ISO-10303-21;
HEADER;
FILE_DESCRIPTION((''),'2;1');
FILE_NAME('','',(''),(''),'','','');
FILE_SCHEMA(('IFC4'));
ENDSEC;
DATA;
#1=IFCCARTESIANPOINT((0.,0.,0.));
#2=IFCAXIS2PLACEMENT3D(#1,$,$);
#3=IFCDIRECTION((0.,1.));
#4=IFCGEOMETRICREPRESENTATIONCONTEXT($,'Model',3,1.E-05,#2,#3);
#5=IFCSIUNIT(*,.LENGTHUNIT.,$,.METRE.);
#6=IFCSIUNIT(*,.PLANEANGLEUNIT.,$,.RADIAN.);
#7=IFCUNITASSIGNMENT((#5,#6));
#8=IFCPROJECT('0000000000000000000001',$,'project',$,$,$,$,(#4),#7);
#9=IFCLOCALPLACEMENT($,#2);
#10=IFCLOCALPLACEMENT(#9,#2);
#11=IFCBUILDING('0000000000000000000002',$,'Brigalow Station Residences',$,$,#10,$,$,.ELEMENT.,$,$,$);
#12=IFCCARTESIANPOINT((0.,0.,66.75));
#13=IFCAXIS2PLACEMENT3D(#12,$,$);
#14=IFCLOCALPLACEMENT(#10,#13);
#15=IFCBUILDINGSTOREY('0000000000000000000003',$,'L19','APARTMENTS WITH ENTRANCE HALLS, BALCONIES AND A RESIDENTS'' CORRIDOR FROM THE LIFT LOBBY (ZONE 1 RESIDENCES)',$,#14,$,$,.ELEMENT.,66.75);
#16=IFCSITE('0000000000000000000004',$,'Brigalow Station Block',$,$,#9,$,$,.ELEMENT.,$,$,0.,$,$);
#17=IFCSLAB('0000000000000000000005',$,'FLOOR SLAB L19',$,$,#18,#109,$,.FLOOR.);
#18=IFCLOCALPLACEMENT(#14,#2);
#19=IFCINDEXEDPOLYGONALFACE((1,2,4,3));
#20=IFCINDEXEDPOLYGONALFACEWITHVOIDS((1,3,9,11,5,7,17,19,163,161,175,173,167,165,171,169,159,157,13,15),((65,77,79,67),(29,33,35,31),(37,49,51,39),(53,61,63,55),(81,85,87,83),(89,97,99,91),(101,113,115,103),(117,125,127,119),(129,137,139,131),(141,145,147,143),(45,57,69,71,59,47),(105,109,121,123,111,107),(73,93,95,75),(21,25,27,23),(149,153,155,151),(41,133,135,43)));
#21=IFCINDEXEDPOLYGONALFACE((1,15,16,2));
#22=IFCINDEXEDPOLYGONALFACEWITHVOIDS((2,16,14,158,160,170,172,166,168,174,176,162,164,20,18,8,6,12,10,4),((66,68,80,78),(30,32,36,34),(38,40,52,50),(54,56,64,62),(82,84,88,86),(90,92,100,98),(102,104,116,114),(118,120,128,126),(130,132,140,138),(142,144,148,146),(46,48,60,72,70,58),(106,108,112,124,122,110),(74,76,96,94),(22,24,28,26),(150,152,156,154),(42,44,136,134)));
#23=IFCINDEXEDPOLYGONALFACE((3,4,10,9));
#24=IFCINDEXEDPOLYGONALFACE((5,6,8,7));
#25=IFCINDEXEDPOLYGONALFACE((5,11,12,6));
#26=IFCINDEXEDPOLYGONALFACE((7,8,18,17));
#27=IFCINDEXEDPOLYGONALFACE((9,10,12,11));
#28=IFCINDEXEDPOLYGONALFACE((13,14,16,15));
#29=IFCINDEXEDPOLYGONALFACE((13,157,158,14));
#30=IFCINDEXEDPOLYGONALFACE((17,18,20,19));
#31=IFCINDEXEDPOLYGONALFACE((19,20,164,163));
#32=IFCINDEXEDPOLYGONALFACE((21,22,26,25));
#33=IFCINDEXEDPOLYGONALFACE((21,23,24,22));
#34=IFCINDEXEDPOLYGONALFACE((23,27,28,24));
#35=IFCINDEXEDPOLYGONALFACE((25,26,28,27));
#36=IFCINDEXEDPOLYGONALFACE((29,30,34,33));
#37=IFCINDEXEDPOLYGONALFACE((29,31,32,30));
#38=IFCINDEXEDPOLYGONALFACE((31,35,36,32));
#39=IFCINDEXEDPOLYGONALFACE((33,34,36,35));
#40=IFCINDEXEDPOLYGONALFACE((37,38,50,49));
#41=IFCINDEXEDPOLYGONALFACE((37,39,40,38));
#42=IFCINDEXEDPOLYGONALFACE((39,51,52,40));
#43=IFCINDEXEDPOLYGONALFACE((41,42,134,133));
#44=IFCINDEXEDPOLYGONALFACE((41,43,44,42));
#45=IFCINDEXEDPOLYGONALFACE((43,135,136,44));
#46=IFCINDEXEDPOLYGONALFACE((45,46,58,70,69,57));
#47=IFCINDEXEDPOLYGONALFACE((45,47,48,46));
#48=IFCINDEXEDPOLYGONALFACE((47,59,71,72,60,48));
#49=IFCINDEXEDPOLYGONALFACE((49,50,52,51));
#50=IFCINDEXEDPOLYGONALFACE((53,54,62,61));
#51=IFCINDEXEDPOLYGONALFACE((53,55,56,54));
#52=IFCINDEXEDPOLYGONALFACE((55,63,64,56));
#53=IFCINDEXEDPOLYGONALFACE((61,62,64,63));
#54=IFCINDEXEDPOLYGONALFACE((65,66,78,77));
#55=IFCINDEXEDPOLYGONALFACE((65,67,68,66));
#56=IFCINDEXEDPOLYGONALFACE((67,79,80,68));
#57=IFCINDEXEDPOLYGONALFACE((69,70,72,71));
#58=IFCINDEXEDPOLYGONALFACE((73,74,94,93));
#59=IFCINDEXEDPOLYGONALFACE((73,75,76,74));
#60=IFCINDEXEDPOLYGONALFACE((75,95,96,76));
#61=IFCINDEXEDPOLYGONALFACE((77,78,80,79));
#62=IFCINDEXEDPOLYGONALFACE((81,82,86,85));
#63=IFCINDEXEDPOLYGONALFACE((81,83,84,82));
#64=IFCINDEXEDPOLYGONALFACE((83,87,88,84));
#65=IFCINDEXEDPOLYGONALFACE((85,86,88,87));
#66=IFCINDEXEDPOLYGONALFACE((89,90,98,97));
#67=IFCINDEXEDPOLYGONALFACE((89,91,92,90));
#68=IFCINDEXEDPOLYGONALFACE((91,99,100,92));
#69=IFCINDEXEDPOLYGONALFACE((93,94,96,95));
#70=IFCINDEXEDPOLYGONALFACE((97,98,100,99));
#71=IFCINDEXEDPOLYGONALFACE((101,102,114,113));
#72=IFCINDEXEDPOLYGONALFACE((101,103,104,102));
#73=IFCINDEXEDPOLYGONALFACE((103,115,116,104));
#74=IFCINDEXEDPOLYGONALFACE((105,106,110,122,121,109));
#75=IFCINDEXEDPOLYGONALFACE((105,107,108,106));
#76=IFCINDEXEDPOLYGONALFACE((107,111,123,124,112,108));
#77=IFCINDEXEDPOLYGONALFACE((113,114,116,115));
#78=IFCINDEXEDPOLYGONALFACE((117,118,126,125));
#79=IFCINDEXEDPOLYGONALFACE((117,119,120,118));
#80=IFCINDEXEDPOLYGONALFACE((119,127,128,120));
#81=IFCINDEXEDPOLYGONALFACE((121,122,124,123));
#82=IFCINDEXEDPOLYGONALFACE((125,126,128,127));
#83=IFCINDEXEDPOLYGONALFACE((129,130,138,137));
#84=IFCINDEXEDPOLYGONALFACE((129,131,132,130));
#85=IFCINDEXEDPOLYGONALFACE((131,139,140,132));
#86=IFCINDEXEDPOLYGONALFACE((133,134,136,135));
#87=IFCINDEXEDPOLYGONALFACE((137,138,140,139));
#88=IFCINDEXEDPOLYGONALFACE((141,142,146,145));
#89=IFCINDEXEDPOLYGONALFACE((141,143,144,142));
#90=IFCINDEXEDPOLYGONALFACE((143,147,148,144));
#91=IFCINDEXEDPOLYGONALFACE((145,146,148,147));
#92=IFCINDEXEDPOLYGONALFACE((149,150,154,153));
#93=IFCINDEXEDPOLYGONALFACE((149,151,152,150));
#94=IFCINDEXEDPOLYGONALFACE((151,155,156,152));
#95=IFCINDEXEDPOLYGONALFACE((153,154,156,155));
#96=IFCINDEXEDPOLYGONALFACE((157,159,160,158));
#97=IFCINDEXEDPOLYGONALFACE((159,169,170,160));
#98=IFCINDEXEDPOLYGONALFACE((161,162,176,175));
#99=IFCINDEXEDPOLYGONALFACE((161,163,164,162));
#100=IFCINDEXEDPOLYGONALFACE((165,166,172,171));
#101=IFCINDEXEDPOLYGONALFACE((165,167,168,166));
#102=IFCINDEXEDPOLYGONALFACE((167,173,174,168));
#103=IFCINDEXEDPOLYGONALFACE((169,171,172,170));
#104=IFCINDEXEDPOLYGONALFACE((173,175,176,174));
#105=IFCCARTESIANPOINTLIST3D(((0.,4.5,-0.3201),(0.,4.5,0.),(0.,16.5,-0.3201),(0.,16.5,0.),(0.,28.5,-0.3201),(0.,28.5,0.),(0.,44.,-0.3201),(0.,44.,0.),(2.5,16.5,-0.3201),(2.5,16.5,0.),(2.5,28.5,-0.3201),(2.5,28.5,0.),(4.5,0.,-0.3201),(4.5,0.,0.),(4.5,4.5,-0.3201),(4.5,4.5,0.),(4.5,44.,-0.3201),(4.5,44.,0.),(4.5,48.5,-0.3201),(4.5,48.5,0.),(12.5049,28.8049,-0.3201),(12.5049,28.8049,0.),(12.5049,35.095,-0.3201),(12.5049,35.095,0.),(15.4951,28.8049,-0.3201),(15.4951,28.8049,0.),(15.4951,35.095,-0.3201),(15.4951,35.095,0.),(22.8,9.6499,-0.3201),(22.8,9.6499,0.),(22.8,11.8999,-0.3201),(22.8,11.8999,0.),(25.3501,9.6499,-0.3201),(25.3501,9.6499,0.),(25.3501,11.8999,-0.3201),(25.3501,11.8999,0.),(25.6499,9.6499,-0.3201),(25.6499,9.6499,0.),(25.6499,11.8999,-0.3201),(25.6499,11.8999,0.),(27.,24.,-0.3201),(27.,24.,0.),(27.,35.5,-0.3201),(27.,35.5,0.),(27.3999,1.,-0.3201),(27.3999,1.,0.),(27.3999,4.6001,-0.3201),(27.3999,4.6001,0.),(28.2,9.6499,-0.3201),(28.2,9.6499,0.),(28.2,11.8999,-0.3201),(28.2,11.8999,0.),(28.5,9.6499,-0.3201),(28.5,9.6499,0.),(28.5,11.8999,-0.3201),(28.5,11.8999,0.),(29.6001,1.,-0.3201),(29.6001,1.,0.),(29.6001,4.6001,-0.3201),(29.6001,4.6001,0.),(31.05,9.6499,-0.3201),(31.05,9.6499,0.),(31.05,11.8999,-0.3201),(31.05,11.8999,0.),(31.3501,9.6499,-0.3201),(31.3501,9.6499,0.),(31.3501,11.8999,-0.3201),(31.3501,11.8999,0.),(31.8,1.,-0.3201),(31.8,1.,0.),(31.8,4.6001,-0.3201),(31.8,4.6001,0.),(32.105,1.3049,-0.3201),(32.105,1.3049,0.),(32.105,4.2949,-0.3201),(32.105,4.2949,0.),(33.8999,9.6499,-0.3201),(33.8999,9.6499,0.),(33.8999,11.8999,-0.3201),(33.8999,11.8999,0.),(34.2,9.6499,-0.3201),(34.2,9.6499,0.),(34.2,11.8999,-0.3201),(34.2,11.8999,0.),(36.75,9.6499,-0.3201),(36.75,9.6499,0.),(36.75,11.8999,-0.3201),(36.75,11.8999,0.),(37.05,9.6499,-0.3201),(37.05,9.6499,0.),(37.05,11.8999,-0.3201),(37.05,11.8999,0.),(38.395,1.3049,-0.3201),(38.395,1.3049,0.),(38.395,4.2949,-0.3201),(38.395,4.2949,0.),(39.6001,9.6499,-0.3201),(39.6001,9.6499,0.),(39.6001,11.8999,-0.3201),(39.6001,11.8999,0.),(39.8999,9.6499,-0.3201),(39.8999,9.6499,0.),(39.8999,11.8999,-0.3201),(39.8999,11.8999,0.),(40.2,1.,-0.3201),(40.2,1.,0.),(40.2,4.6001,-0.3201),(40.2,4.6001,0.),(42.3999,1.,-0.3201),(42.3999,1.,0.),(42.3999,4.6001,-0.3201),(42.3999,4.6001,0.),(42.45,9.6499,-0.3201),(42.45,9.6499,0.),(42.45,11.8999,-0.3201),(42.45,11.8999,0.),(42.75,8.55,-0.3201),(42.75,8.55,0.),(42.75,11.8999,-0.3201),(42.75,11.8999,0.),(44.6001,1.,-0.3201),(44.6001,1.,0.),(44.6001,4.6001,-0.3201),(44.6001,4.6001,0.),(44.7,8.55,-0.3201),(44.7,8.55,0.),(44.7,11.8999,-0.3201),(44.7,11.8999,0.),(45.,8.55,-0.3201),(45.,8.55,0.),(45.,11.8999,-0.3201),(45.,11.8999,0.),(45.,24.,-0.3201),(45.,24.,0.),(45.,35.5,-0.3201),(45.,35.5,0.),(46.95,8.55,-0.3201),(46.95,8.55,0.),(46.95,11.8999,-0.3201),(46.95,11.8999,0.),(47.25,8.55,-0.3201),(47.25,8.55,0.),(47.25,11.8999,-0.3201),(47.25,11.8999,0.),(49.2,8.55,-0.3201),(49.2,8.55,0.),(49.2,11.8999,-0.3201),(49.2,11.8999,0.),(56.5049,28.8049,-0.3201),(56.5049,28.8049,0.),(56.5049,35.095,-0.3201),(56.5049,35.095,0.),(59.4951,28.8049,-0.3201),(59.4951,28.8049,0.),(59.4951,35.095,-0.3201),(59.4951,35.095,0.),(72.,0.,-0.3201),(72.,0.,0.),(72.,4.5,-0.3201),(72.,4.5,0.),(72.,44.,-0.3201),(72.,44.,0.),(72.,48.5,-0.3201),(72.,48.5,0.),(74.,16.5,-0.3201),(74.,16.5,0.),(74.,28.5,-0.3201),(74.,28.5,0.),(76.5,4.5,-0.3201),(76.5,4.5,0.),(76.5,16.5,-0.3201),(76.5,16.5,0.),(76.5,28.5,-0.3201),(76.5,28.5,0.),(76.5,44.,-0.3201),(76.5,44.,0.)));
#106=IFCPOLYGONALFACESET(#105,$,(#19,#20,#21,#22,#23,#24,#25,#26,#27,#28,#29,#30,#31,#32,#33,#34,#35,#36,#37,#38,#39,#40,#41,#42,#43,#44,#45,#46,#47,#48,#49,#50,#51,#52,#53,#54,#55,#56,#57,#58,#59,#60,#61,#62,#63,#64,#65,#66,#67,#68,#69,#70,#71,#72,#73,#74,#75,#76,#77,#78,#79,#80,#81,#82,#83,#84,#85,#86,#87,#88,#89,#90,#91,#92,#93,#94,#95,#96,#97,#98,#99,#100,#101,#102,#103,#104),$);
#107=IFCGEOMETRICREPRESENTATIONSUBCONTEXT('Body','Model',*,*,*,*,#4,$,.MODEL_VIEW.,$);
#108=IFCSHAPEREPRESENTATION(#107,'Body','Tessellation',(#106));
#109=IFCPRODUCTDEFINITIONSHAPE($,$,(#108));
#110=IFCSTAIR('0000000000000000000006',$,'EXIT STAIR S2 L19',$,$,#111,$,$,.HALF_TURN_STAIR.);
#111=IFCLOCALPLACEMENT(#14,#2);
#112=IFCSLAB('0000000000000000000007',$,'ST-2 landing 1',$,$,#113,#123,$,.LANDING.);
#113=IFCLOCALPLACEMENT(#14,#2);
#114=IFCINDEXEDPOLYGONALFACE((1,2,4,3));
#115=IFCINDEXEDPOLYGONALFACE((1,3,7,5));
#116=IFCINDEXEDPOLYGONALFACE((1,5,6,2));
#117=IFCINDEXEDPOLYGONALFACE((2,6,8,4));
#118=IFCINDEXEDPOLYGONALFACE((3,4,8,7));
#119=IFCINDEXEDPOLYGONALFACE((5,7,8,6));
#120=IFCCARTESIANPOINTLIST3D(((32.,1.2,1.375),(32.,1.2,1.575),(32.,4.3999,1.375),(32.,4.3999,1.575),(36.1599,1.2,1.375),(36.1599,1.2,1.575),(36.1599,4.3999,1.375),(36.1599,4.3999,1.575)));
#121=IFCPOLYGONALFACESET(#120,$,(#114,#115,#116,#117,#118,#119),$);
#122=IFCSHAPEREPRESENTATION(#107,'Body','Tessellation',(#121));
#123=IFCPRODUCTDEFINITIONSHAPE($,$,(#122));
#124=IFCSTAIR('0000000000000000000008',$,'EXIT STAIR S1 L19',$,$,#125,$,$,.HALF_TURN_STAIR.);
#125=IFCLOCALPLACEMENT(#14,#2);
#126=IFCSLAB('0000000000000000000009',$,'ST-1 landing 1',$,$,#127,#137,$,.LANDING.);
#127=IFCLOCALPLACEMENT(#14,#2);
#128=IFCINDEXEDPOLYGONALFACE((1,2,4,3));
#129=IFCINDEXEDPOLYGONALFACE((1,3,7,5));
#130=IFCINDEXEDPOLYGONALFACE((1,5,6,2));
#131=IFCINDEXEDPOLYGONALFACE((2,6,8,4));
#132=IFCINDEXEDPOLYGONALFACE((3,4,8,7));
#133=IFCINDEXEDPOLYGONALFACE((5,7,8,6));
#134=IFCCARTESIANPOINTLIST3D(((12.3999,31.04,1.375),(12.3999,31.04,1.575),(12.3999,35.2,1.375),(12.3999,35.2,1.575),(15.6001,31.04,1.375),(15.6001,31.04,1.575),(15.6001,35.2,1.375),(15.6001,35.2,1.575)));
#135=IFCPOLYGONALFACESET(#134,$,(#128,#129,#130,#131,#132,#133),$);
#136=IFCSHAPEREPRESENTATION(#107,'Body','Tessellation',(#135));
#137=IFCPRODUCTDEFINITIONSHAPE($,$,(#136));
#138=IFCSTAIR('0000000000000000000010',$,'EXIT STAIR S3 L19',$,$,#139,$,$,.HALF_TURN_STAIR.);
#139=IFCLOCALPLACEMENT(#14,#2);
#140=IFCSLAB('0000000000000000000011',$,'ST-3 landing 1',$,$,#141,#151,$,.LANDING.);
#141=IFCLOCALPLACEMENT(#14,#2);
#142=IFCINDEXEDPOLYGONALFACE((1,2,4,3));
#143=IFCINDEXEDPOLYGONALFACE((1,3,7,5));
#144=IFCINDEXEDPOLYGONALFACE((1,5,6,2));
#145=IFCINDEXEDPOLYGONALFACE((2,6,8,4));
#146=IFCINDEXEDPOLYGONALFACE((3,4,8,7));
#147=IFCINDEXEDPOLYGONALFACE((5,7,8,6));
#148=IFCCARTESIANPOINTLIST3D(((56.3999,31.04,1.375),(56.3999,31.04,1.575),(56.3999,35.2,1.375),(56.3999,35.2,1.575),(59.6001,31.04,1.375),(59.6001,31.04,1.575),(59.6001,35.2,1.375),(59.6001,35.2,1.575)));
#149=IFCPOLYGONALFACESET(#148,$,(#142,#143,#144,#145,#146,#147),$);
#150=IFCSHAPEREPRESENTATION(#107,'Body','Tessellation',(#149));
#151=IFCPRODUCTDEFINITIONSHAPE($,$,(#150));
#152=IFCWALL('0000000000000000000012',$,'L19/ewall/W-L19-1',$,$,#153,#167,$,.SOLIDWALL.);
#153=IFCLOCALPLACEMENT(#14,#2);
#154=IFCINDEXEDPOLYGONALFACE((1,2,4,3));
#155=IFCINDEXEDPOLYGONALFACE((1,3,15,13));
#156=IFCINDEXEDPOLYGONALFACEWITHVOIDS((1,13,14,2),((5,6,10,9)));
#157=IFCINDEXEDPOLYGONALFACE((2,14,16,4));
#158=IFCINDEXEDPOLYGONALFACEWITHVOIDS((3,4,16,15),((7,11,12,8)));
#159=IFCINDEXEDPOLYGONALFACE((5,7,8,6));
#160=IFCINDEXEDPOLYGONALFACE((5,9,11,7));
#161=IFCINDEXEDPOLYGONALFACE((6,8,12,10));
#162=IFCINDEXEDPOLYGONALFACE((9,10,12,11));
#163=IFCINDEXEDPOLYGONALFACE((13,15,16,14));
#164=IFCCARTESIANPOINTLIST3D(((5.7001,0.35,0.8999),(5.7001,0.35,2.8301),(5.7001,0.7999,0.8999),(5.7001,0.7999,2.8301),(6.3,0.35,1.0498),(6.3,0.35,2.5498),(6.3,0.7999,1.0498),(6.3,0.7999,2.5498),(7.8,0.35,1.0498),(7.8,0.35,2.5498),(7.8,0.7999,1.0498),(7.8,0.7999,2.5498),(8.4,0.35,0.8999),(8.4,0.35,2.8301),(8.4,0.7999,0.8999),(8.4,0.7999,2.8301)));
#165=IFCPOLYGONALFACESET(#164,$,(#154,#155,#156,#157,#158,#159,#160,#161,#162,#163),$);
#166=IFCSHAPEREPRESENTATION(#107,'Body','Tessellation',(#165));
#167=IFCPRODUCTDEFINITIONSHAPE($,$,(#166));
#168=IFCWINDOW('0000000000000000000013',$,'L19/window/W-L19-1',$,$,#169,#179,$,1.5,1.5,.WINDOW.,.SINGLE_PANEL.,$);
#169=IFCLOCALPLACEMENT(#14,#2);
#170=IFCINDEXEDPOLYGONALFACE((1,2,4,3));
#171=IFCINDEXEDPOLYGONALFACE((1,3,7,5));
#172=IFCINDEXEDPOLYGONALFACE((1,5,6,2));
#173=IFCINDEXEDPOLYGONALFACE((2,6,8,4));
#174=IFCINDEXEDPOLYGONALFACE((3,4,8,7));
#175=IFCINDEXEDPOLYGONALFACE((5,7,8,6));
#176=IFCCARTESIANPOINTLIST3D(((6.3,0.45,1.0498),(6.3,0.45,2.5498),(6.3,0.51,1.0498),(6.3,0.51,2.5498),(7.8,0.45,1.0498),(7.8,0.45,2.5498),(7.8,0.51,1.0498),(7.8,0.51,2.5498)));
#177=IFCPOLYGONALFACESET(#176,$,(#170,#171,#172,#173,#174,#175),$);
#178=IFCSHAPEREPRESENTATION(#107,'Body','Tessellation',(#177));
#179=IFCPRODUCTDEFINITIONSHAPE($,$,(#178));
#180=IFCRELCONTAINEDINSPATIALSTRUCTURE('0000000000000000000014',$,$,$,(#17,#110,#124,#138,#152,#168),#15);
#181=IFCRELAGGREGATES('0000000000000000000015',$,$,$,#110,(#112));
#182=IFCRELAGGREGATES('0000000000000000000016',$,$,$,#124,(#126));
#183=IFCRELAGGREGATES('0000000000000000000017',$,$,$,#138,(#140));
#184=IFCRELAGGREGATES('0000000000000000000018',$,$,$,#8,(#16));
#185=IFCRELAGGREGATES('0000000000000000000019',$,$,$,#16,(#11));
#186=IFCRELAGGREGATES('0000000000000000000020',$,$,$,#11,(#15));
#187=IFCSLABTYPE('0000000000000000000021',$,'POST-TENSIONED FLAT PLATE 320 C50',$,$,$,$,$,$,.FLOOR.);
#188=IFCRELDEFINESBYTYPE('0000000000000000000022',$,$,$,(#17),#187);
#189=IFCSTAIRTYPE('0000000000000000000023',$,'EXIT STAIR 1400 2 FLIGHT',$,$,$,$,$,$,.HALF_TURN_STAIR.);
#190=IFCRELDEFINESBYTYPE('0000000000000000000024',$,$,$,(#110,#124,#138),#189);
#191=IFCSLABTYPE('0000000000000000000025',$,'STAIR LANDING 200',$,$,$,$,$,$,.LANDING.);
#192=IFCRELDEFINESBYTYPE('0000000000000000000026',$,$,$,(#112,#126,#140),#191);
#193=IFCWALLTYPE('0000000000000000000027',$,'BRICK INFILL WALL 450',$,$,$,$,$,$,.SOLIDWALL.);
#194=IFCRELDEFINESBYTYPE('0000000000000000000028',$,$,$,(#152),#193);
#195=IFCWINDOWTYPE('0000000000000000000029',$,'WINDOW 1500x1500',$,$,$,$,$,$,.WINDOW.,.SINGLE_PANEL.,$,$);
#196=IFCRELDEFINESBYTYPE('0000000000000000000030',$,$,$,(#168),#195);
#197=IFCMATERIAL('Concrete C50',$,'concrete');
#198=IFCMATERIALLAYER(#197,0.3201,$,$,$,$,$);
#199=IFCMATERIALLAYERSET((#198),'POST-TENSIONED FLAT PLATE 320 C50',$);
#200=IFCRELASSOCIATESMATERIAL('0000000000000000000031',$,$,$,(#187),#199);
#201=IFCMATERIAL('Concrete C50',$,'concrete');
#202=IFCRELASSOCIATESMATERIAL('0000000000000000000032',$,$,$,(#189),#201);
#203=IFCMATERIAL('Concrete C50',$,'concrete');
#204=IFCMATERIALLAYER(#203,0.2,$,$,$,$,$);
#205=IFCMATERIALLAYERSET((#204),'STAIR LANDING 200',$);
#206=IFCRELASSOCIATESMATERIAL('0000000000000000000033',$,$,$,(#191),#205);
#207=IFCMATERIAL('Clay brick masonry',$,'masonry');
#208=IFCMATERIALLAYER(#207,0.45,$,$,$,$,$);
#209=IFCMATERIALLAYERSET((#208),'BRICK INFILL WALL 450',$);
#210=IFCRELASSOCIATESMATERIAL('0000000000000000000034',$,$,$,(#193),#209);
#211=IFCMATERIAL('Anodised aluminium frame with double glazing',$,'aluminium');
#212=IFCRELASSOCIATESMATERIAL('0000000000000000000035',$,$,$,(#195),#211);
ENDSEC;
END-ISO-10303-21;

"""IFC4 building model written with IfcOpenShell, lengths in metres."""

from ifc_helpers import new_model, si_unit, direction, frame, frame_2d, origin, place, context, subcontext, project, spatial, polyline, rectangle, outline, extrude, material, layer, layer_set, type_object, element, fill, aggregate, save


model = new_model("IFC4")

# Units and contexts
model_context = context("Model", 3, precision=1e-05, world=origin(), true_north=direction((0.0, 1.0)))
body_context = subcontext(model_context, "Body", "Model", "MODEL_VIEW")
ifc_project = project(units=[si_unit("LENGTHUNIT", "METRE"), si_unit("PLANEANGLEUNIT", "RADIAN")], contexts=[model_context])

# Site, building, storey
site_placement = place(None, origin())
site = spatial("IfcSite", under=ifc_project, at=site_placement, Name="Brigalow Station Block", CompositionType="ELEMENT", RefElevation=0.0)
building_placement = place(site_placement, origin())
building = spatial("IfcBuilding", under=site, at=building_placement, Name="Brigalow Station Residences", CompositionType="ELEMENT")
storey_placement = place(building_placement, frame((0.0, 0.0, 66.75)))
storey = spatial("IfcBuildingStorey", under=building, at=storey_placement, Name="L19", Description="APARTMENTS WITH ENTRANCE HALLS, BALCONIES AND A RESIDENTS' CORRIDOR FROM THE LIFT LOBBY (ZONE 1 RESIDENCES)", CompositionType="ELEMENT", Elevation=66.75)

# Slab
ifc_material_1 = material(Name="Concrete C50", Category="concrete")
ifc_layer_1 = layer(ifc_material_1, 0.3201)
ifc_layer_set_1 = layer_set([ifc_layer_1], Name="POST-TENSIONED FLAT PLATE 320 C50")
slab_type_1 = type_object("IfcSlabType", Name="POST-TENSIONED FLAT PLATE 320 C50", PredefinedType="FLOOR", material=ifc_layer_set_1)
slab_1_placement = place(storey_placement, frame((0.0, 0.0, -0.3201)))
element("IfcSlab", 1, at=slab_1_placement, inside=storey, type_object=slab_type_1, Name="FLOOR SLAB L19", PredefinedType="FLOOR", context=body_context, shape_type="SweptSolid", body=[
    extrude(outline(polyline([(4.5, 0.0), (72.0, 0.0), (72.0, 4.5), (76.5, 4.5), (76.5, 16.5), (74.0, 16.5), (74.0, 28.5), (76.5, 28.5), (76.5, 44.0), (72.0, 44.0), (72.0, 48.5), (4.5, 48.5), (4.5, 44.0), (0.0, 44.0), (0.0, 28.5), (2.5, 28.5), (2.5, 16.5), (0.0, 16.5), (0.0, 4.5), (4.5, 4.5), (4.5, 0.0)]), holes=[polyline([(15.4951, 35.095), (15.4951, 28.8049), (12.5049, 28.8049), (12.5049, 35.095), (15.4951, 35.095)]), polyline([(22.8, 11.8999), (25.3501, 11.8999), (25.3501, 9.6499), (22.8, 9.6499), (22.8, 11.8999)]), polyline([(25.6499, 11.8999), (28.2, 11.8999), (28.2, 9.6499), (25.6499, 9.6499), (25.6499, 11.8999)]), polyline([(28.5, 11.8999), (31.05, 11.8999), (31.05, 9.6499), (28.5, 9.6499), (28.5, 11.8999)]), polyline([(29.6001, 1.0), (27.3999, 1.0), (27.3999, 4.6001), (29.6001, 4.6001), (31.8, 4.6001), (31.8, 1.0), (29.6001, 1.0)]), polyline([(31.3501, 11.8999), (33.8999, 11.8999), (33.8999, 9.6499), (31.3501, 9.6499), (31.3501, 11.8999)]), polyline([(32.105, 4.2949), (38.395, 4.2949), (38.395, 1.3049), (32.105, 1.3049), (32.105, 4.2949)]), polyline([(36.75, 11.8999), (36.75, 9.6499), (34.2, 9.6499), (34.2, 11.8999), (36.75, 11.8999)]), polyline([(37.05, 11.8999), (39.6001, 11.8999), (39.6001, 9.6499), (37.05, 9.6499), (37.05, 11.8999)]), polyline([(39.8999, 11.8999), (42.45, 11.8999), (42.45, 9.6499), (39.8999, 9.6499), (39.8999, 11.8999)]), polyline([(42.3999, 1.0), (40.2, 1.0), (40.2, 4.6001), (42.3999, 4.6001), (44.6001, 4.6001), (44.6001, 1.0), (42.3999, 1.0)]), polyline([(42.75, 11.8999), (44.7, 11.8999), (44.7, 8.55), (42.75, 8.55), (42.75, 11.8999)]), polyline([(45.0, 11.8999), (46.95, 11.8999), (46.95, 8.55), (45.0, 8.55), (45.0, 11.8999)]), polyline([(45.0, 35.5), (45.0, 24.0), (27.0, 24.0), (27.0, 35.5), (45.0, 35.5)]), polyline([(47.25, 11.8999), (49.2, 11.8999), (49.2, 8.55), (47.25, 8.55), (47.25, 11.8999)]), polyline([(59.4951, 35.095), (59.4951, 28.8049), (56.5049, 28.8049), (56.5049, 35.095), (59.4951, 35.095)])]), origin(), (0.0, 0.0, 1.0), 0.3201),
])

# Stairs, slabs
ifc_material_2 = material(Name="Concrete C50", Category="concrete")
stair_type = type_object("IfcStairType", Name="EXIT STAIR 1400 2 FLIGHT", PredefinedType="HALF_TURN_STAIR", material=ifc_material_2)
stair_1_placement = place(storey_placement, origin())
stair_1 = element("IfcStair", 2, at=stair_1_placement, inside=storey, type_object=stair_type, Name="EXIT STAIR S2 L19", PredefinedType="HALF_TURN_STAIR")
ifc_material_3 = material(Name="Concrete C50", Category="concrete")
ifc_layer_2 = layer(ifc_material_3, 0.2)
ifc_layer_set_2 = layer_set([ifc_layer_2], Name="STAIR LANDING 200")
slab_type_2 = type_object("IfcSlabType", Name="STAIR LANDING 200", PredefinedType="LANDING", material=ifc_layer_set_2)
slab_2_placement = place(storey_placement, frame((0.0, 0.0, 1.375)))
slab_2 = element("IfcSlab", 3, at=slab_2_placement, type_object=slab_type_2, Name="ST-2 landing 1", PredefinedType="LANDING", context=body_context, shape_type="SweptSolid", body=[
    extrude(outline(polyline([(32.0, 1.2), (36.1599, 1.2), (36.1599, 4.3999), (32.0, 4.3999), (32.0, 1.2)])), origin(), (0.0, 0.0, 1.0), 0.2),
])
aggregate(stair_1, [slab_2])
stair_2_placement = place(storey_placement, origin())
stair_2 = element("IfcStair", 4, at=stair_2_placement, inside=storey, type_object=stair_type, Name="EXIT STAIR S1 L19", PredefinedType="HALF_TURN_STAIR")
slab_3_placement = place(storey_placement, frame((0.0, 0.0, 1.375)))
slab_3 = element("IfcSlab", 5, at=slab_3_placement, type_object=slab_type_2, Name="ST-1 landing 1", PredefinedType="LANDING", context=body_context, shape_type="SweptSolid", body=[
    extrude(outline(polyline([(12.3999, 31.04), (15.6001, 31.04), (15.6001, 35.2), (12.3999, 35.2), (12.3999, 31.04)])), origin(), (0.0, 0.0, 1.0), 0.2),
])
aggregate(stair_2, [slab_3])
stair_3_placement = place(storey_placement, origin())
stair_3 = element("IfcStair", 6, at=stair_3_placement, inside=storey, type_object=stair_type, Name="EXIT STAIR S3 L19", PredefinedType="HALF_TURN_STAIR")
slab_4_placement = place(storey_placement, frame((0.0, 0.0, 1.375)))
slab_4 = element("IfcSlab", 7, at=slab_4_placement, type_object=slab_type_2, Name="ST-3 landing 1", PredefinedType="LANDING", context=body_context, shape_type="SweptSolid", body=[
    extrude(outline(polyline([(56.3999, 31.04), (59.6001, 31.04), (59.6001, 35.2), (56.3999, 35.2), (56.3999, 31.04)])), origin(), (0.0, 0.0, 1.0), 0.2),
])
aggregate(stair_3, [slab_4])

# Wall, opening, window
ifc_material_4 = material(Name="Clay brick masonry", Category="masonry")
ifc_layer_3 = layer(ifc_material_4, 0.45)
ifc_layer_set_3 = layer_set([ifc_layer_3], Name="BRICK INFILL WALL 450")
wall_type_1 = type_object("IfcWallType", Name="BRICK INFILL WALL 450", PredefinedType="SOLIDWALL", material=ifc_layer_set_3)
wall_1_placement = place(storey_placement, frame((5.7, 0.575, 0.8999), z_axis=(0.0, 0.0, 1.0), x_axis=(1.0, 0.0, 0.0)))
wall_1 = element("IfcWall", 8, at=wall_1_placement, inside=storey, type_object=wall_type_1, Name="L19/ewall/W-L19-1", PredefinedType="SOLIDWALL", context=body_context, shape_type="SweptSolid", body=[
    extrude(rectangle(XDim=2.7, YDim=0.45, at=frame_2d((1.3501, 0.0))), origin(), (0.0, 0.0, 1.0), 1.9302),
])
opening_1_placement = place(wall_1_placement, frame((0.6001, 0.0, 0.1499)))
opening_1 = element("IfcOpeningElement", 9, at=opening_1_placement, cuts=wall_1, PredefinedType="OPENING", context=body_context, shape_type="SweptSolid", body=[
    extrude(rectangle(XDim=1.5, YDim=1.5, at=frame_2d((0.75, 0.75))), frame((0.0, 0.2349, 0.0), z_axis=(0.0, -1.0, 0.0), x_axis=(1.0, 0.0, 0.0)), (0.0, 0.0, 1.0), 0.47),
])
ifc_material_5 = material(Name="Anodised aluminium frame with double glazing", Category="aluminium")
window_type_1 = type_object("IfcWindowType", Name="WINDOW 1500x1500", PartitioningType="SINGLE_PANEL", PredefinedType="WINDOW", material=ifc_material_5)
window_1_placement = place(opening_1_placement, origin())
window_1 = element("IfcWindow", 10, at=window_1_placement, inside=storey, type_object=window_type_1, Name="L19/window/W-L19-1", OverallHeight=1.5, OverallWidth=1.5, PartitioningType="SINGLE_PANEL", PredefinedType="WINDOW", context=body_context, shape_type="SweptSolid", body=[
    extrude(rectangle(XDim=1.5, YDim=1.5, at=frame_2d((0.75, 0.75))), frame((0.0, -0.0649, 0.0), z_axis=(0.0, -1.0, 0.0), x_axis=(1.0, 0.0, 0.0)), (0.0, 0.0, 1.0), 0.0601),
])
fill(opening_1, window_1)

save(model, "model.ifc")
